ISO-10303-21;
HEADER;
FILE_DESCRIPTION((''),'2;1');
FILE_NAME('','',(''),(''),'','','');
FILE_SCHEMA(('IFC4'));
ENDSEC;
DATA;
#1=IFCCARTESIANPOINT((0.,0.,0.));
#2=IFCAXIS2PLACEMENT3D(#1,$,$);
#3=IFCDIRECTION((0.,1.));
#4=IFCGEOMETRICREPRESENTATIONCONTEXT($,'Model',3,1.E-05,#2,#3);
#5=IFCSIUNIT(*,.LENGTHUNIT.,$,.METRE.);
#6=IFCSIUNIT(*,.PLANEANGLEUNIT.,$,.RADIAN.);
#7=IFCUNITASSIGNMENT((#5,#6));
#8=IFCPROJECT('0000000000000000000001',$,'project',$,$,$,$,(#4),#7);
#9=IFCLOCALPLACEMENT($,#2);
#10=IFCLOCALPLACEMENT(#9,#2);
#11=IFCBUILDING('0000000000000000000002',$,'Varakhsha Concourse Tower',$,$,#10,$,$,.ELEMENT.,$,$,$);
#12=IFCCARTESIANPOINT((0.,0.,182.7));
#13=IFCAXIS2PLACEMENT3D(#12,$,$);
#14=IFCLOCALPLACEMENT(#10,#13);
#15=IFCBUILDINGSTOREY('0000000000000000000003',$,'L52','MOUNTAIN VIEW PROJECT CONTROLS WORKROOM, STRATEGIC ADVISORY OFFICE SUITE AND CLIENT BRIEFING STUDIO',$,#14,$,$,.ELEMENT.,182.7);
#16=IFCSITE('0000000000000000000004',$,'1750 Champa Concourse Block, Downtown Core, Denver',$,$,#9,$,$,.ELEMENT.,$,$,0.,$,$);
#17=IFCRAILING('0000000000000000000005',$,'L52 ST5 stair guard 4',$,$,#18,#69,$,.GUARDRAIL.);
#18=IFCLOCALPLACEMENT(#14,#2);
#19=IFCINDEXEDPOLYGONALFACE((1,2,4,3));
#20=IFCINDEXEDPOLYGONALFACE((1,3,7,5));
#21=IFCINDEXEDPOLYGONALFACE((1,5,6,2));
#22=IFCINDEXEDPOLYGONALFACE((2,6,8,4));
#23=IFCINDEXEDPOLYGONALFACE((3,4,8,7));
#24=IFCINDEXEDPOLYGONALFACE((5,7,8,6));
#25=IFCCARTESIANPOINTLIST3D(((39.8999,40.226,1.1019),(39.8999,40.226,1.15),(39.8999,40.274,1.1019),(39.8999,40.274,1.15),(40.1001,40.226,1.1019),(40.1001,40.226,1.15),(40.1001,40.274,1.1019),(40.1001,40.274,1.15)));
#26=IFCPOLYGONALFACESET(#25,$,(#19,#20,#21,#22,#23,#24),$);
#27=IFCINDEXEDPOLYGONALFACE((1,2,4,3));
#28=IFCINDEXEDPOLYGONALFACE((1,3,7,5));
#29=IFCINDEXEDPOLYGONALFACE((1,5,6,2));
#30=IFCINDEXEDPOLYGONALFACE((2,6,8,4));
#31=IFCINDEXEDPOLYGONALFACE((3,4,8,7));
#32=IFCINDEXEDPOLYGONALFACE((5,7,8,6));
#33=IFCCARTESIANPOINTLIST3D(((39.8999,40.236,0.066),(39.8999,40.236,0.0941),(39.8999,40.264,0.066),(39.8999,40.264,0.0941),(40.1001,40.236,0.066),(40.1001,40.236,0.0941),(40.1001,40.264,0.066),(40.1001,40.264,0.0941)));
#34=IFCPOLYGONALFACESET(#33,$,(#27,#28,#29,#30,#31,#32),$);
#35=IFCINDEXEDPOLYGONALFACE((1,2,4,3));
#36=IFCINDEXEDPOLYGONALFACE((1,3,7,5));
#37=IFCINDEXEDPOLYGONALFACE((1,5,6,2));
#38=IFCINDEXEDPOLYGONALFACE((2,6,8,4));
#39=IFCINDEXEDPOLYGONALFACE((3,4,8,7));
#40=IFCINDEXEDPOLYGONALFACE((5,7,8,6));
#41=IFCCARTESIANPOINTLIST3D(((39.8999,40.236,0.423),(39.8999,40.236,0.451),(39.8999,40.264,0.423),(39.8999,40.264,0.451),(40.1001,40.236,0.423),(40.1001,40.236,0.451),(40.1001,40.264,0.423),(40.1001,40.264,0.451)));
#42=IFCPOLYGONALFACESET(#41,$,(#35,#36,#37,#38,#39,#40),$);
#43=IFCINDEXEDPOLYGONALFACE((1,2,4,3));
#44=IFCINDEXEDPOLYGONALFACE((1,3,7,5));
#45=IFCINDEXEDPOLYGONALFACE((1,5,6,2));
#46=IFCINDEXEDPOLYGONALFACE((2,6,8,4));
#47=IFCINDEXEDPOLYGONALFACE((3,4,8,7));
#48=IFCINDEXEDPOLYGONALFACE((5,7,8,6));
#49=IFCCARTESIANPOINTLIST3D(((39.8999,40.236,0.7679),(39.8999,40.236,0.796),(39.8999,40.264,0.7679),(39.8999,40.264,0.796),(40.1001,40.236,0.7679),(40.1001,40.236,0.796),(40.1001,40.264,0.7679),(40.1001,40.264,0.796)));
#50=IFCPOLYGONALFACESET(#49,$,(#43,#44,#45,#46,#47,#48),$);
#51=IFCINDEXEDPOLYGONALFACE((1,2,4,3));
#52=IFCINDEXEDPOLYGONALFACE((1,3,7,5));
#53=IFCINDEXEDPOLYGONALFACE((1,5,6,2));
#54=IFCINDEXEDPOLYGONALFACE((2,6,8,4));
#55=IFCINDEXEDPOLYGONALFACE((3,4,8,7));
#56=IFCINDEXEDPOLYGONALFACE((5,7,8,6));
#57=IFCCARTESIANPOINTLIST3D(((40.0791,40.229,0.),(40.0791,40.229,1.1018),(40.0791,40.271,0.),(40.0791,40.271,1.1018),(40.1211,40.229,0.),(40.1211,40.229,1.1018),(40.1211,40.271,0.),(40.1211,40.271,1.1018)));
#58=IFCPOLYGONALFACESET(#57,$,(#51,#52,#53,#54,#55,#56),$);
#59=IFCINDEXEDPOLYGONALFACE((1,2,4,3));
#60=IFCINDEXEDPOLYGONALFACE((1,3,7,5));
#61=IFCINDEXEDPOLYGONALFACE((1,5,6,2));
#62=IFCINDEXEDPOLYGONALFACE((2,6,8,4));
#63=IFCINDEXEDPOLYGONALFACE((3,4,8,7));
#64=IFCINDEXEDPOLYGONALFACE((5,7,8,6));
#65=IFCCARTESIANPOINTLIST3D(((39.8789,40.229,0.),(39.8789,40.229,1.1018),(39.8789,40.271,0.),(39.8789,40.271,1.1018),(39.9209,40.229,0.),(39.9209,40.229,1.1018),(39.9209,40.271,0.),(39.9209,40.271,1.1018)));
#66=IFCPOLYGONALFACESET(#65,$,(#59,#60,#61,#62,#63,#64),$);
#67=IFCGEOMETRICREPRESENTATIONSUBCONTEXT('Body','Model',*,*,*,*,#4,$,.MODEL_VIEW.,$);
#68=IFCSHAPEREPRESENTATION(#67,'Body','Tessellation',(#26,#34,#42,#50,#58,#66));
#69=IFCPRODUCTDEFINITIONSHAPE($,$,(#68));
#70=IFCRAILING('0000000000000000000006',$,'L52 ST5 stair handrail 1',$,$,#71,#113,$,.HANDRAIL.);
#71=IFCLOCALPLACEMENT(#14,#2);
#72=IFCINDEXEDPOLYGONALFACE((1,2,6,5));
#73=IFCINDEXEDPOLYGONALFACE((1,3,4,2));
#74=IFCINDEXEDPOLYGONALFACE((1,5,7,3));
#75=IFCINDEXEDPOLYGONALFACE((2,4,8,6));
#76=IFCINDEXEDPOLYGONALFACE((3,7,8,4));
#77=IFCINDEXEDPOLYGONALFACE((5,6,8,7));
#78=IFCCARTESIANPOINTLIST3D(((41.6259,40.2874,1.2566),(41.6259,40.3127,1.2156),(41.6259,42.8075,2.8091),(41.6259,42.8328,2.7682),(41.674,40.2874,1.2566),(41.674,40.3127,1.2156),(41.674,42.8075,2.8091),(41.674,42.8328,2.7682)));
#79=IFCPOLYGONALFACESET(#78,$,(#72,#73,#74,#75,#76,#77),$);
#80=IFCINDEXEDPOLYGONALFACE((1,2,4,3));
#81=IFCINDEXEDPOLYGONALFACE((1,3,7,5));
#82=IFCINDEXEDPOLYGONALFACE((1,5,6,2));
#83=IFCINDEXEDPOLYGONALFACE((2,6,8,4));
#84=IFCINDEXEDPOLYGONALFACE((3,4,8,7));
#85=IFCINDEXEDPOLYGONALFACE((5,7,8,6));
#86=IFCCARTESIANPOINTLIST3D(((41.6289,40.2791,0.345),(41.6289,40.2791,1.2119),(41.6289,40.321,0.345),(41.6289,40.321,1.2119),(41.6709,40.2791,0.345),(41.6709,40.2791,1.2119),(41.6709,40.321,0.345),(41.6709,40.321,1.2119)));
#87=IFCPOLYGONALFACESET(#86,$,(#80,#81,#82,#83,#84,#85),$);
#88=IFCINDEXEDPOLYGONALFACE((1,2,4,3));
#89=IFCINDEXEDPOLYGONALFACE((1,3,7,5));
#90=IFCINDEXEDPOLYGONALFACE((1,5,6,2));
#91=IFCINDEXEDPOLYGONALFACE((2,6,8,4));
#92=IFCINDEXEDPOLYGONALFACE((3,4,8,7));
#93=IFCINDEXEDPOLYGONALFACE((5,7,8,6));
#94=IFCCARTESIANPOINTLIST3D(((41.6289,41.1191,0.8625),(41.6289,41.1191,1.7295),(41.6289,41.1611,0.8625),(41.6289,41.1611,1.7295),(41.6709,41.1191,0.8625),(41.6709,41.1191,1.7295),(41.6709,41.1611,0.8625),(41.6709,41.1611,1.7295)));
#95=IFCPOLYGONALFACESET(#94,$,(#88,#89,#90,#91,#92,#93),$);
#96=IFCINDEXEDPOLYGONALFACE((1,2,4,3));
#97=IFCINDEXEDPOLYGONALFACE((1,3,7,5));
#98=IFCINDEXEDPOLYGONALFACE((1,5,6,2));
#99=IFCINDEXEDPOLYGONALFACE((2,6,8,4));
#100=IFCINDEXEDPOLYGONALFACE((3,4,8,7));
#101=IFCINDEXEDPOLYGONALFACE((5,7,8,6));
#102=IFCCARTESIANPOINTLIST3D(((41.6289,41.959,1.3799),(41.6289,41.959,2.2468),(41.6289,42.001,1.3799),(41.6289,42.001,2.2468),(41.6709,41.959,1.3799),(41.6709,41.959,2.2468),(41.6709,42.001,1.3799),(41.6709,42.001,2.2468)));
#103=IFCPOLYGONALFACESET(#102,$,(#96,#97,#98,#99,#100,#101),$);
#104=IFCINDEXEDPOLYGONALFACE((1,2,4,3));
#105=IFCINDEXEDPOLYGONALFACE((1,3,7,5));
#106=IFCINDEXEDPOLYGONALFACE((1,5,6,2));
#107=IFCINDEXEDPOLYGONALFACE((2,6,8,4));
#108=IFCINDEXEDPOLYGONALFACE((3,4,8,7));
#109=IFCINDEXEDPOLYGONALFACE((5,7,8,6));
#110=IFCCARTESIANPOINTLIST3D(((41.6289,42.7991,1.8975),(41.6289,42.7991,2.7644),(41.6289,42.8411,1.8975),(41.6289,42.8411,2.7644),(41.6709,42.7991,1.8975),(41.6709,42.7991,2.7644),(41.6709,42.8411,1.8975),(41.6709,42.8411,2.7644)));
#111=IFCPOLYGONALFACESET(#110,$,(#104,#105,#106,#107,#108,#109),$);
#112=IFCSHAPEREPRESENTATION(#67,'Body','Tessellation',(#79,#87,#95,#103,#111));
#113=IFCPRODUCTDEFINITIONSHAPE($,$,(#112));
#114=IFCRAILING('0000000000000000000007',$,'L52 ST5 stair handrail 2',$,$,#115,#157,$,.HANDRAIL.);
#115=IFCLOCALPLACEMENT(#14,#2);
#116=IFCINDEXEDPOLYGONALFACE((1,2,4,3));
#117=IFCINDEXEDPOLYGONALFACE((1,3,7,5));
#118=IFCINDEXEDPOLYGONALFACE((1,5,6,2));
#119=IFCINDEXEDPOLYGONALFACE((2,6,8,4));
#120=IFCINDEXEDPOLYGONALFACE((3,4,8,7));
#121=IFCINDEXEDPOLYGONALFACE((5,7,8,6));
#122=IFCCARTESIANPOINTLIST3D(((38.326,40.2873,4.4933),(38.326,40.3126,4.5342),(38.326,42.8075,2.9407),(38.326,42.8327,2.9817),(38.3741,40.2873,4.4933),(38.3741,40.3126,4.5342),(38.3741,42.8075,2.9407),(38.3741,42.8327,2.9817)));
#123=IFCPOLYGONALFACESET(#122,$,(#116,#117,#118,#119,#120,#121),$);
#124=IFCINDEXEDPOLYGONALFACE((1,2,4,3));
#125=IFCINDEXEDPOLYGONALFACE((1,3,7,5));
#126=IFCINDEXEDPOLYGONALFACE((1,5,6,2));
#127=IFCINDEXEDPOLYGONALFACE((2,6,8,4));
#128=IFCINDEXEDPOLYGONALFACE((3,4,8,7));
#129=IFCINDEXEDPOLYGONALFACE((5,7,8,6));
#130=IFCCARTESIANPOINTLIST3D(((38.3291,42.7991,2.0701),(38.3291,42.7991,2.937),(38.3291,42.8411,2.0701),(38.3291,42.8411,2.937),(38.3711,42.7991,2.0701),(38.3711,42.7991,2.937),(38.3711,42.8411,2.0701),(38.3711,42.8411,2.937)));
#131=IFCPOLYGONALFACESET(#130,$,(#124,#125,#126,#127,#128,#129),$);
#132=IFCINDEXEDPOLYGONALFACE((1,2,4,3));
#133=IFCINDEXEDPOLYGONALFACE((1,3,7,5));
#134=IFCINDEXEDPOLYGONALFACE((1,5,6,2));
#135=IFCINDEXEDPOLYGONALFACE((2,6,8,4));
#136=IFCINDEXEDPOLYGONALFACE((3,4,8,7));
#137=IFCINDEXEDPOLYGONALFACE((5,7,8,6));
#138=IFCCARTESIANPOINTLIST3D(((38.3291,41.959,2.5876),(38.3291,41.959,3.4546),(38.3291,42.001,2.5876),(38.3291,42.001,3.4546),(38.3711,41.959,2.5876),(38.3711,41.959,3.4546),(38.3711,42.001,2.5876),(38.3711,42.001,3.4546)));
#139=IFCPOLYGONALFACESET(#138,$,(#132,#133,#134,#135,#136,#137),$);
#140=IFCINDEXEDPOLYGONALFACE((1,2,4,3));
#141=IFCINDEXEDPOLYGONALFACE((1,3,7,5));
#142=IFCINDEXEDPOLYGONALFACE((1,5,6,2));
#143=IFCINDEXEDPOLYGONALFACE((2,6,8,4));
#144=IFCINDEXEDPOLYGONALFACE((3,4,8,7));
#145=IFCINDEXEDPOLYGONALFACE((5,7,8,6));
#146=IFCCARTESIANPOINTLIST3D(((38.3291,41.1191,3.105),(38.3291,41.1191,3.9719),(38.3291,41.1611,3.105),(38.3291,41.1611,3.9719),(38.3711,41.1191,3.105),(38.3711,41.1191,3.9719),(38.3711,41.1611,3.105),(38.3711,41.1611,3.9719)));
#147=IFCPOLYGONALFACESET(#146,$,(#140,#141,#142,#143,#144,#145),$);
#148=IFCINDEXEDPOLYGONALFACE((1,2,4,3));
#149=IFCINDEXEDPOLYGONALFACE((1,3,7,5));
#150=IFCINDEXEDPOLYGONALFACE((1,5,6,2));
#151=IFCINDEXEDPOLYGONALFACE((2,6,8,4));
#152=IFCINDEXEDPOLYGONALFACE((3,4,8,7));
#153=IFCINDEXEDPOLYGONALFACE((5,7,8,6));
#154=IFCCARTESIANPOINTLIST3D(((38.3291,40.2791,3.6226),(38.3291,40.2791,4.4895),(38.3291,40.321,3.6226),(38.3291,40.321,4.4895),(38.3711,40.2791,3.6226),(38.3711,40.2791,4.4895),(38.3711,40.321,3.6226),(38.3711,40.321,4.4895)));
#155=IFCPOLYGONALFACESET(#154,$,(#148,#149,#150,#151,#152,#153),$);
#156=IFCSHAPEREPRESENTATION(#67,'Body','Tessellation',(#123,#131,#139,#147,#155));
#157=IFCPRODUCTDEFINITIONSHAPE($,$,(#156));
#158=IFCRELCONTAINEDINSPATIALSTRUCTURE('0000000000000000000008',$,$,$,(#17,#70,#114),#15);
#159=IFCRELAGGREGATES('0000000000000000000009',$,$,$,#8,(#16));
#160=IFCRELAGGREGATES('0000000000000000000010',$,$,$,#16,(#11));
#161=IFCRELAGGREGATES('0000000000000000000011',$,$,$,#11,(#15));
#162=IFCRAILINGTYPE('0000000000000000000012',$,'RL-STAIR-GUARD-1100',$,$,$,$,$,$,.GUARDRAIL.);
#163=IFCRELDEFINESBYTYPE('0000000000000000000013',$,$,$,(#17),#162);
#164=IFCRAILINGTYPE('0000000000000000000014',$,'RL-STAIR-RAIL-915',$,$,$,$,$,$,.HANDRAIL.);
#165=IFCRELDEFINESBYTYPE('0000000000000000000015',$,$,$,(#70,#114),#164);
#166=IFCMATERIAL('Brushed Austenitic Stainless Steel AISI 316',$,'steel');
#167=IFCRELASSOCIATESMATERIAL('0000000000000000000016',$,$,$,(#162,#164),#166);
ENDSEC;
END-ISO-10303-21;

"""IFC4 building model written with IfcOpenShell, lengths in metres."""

from ifc_helpers import new_model, si_unit, direction, frame, origin, origin_2d, place, context, subcontext, project, spatial, rectangle, extrude, material, type_object, element, save


model = new_model("IFC4")

# Units and contexts
model_context = context("Model", 3, precision=1e-05, world=origin(), true_north=direction((0.0, 1.0)))
body_context = subcontext(model_context, "Body", "Model", "MODEL_VIEW")
ifc_project = project(units=[si_unit("LENGTHUNIT", "METRE"), si_unit("PLANEANGLEUNIT", "RADIAN")], contexts=[model_context])

# Site, building, storey
site_placement = place(None, origin())
site = spatial("IfcSite", under=ifc_project, at=site_placement, Name="1750 Champa Concourse Block, Downtown Core, Denver", CompositionType="ELEMENT", RefElevation=0.0)
building_placement = place(site_placement, origin())
building = spatial("IfcBuilding", under=site, at=building_placement, Name="Varakhsha Concourse Tower", CompositionType="ELEMENT")
storey_placement = place(building_placement, frame((0.0, 0.0, 182.7)))
storey = spatial("IfcBuildingStorey", under=building, at=storey_placement, Name="L52", Description="MOUNTAIN VIEW PROJECT CONTROLS WORKROOM, STRATEGIC ADVISORY OFFICE SUITE AND CLIENT BRIEFING STUDIO", CompositionType="ELEMENT", Elevation=182.7)

# Railings
ifc_material_1 = material(Name="Brushed Austenitic Stainless Steel AISI 316", Category="steel")
railing_type_1 = type_object("IfcRailingType", Name="RL-STAIR-GUARD-1100", PredefinedType="GUARDRAIL", material=ifc_material_1)
railing_1_placement = place(storey_placement, frame((40.1001, 40.25, 0.0)))
element("IfcRailing", 1, at=railing_1_placement, inside=storey, type_object=railing_type_1, Name="L52 ST5 stair guard 4", PredefinedType="GUARDRAIL", context=body_context, shape_type="SweptSolid", body=[
    extrude(rectangle(XDim=0.0481, YDim=0.0481, at=origin_2d()), frame((0.0, 0.0, 1.126), z_axis=(-1.0, 0.0, 0.0), x_axis=(0.0, -1.0, 0.0)), (0.0, 0.0, 1.0), 0.2002),
    extrude(rectangle(XDim=0.0281, YDim=0.0281, at=origin_2d()), frame((0.0, 0.0, 0.0801), z_axis=(-1.0, 0.0, 0.0), x_axis=(0.0, -1.0, 0.0)), (0.0, 0.0, 1.0), 0.2002),
    extrude(rectangle(XDim=0.0281, YDim=0.0281, at=origin_2d()), frame((0.0, 0.0, 0.437), z_axis=(-1.0, 0.0, 0.0), x_axis=(0.0, -1.0, 0.0)), (0.0, 0.0, 1.0), 0.2002),
    extrude(rectangle(XDim=0.0281, YDim=0.0281, at=origin_2d()), frame((0.0, 0.0, 0.782), z_axis=(-1.0, 0.0, 0.0), x_axis=(0.0, -1.0, 0.0)), (0.0, 0.0, 1.0), 0.2002),
    extrude(rectangle(XDim=0.042, YDim=0.042, at=origin_2d()), origin(), (0.0, 0.0, 1.0), 1.1018),
    extrude(rectangle(XDim=0.042, YDim=0.042, at=origin_2d()), frame((-0.2002, 0.0, 0.0)), (0.0, 0.0, 1.0), 1.1018),
])
railing_type_2 = type_object("IfcRailingType", Name="RL-STAIR-RAIL-915", PredefinedType="HANDRAIL", material=ifc_material_1)
railing_2_placement = place(storey_placement, frame((41.6499, 40.3, 0.345)))
element("IfcRailing", 2, at=railing_2_placement, inside=storey, type_object=railing_type_2, Name="L52 ST5 stair handrail 1", PredefinedType="HANDRAIL", context=body_context, shape_type="SweptSolid", body=[
    extrude(rectangle(XDim=0.0481, YDim=0.0481, at=origin_2d()), frame((0.0, 0.0, 0.8911), z_axis=(0.0, 0.8514, 0.524516), x_axis=(-1.0, 0.0, 0.0)), (0.0, 0.0, 1.0), 2.96),
    extrude(rectangle(XDim=0.042, YDim=0.042, at=origin_2d()), origin(), (0.0, 0.0, 1.0), 0.8669),
    extrude(rectangle(XDim=0.042, YDim=0.042, at=origin_2d()), frame((0.0, 0.8401, 0.5176)), (0.0, 0.0, 1.0), 0.8669),
    extrude(rectangle(XDim=0.042, YDim=0.042, at=origin_2d()), frame((0.0, 1.6799, 1.0349)), (0.0, 0.0, 1.0), 0.8669),
    extrude(rectangle(XDim=0.042, YDim=0.042, at=origin_2d()), frame((0.0, 2.52, 1.5525)), (0.0, 0.0, 1.0), 0.8669),
])
railing_3_placement = place(storey_placement, frame((38.3501, 42.8201, 2.0701)))
element("IfcRailing", 3, at=railing_3_placement, inside=storey, type_object=railing_type_2, Name="L52 ST5 stair handrail 2", PredefinedType="HANDRAIL", context=body_context, shape_type="SweptSolid", body=[
    extrude(rectangle(XDim=0.0481, YDim=0.0481, at=origin_2d()), frame((0.0, 0.0, 0.8911), z_axis=(0.0, -0.8514, 0.524516), x_axis=(1.0, 0.0, 0.0)), (0.0, 0.0, 1.0), 2.96),
    extrude(rectangle(XDim=0.042, YDim=0.042, at=origin_2d()), origin(), (0.0, 0.0, 1.0), 0.8669),
    extrude(rectangle(XDim=0.042, YDim=0.042, at=origin_2d()), frame((0.0, -0.8401, 0.5176)), (0.0, 0.0, 1.0), 0.8669),
    extrude(rectangle(XDim=0.042, YDim=0.042, at=origin_2d()), frame((0.0, -1.6799, 1.0349)), (0.0, 0.0, 1.0), 0.8669),
    extrude(rectangle(XDim=0.042, YDim=0.042, at=origin_2d()), frame((0.0, -2.52, 1.5525)), (0.0, 0.0, 1.0), 0.8669),
])

save(model, "model.ifc")
